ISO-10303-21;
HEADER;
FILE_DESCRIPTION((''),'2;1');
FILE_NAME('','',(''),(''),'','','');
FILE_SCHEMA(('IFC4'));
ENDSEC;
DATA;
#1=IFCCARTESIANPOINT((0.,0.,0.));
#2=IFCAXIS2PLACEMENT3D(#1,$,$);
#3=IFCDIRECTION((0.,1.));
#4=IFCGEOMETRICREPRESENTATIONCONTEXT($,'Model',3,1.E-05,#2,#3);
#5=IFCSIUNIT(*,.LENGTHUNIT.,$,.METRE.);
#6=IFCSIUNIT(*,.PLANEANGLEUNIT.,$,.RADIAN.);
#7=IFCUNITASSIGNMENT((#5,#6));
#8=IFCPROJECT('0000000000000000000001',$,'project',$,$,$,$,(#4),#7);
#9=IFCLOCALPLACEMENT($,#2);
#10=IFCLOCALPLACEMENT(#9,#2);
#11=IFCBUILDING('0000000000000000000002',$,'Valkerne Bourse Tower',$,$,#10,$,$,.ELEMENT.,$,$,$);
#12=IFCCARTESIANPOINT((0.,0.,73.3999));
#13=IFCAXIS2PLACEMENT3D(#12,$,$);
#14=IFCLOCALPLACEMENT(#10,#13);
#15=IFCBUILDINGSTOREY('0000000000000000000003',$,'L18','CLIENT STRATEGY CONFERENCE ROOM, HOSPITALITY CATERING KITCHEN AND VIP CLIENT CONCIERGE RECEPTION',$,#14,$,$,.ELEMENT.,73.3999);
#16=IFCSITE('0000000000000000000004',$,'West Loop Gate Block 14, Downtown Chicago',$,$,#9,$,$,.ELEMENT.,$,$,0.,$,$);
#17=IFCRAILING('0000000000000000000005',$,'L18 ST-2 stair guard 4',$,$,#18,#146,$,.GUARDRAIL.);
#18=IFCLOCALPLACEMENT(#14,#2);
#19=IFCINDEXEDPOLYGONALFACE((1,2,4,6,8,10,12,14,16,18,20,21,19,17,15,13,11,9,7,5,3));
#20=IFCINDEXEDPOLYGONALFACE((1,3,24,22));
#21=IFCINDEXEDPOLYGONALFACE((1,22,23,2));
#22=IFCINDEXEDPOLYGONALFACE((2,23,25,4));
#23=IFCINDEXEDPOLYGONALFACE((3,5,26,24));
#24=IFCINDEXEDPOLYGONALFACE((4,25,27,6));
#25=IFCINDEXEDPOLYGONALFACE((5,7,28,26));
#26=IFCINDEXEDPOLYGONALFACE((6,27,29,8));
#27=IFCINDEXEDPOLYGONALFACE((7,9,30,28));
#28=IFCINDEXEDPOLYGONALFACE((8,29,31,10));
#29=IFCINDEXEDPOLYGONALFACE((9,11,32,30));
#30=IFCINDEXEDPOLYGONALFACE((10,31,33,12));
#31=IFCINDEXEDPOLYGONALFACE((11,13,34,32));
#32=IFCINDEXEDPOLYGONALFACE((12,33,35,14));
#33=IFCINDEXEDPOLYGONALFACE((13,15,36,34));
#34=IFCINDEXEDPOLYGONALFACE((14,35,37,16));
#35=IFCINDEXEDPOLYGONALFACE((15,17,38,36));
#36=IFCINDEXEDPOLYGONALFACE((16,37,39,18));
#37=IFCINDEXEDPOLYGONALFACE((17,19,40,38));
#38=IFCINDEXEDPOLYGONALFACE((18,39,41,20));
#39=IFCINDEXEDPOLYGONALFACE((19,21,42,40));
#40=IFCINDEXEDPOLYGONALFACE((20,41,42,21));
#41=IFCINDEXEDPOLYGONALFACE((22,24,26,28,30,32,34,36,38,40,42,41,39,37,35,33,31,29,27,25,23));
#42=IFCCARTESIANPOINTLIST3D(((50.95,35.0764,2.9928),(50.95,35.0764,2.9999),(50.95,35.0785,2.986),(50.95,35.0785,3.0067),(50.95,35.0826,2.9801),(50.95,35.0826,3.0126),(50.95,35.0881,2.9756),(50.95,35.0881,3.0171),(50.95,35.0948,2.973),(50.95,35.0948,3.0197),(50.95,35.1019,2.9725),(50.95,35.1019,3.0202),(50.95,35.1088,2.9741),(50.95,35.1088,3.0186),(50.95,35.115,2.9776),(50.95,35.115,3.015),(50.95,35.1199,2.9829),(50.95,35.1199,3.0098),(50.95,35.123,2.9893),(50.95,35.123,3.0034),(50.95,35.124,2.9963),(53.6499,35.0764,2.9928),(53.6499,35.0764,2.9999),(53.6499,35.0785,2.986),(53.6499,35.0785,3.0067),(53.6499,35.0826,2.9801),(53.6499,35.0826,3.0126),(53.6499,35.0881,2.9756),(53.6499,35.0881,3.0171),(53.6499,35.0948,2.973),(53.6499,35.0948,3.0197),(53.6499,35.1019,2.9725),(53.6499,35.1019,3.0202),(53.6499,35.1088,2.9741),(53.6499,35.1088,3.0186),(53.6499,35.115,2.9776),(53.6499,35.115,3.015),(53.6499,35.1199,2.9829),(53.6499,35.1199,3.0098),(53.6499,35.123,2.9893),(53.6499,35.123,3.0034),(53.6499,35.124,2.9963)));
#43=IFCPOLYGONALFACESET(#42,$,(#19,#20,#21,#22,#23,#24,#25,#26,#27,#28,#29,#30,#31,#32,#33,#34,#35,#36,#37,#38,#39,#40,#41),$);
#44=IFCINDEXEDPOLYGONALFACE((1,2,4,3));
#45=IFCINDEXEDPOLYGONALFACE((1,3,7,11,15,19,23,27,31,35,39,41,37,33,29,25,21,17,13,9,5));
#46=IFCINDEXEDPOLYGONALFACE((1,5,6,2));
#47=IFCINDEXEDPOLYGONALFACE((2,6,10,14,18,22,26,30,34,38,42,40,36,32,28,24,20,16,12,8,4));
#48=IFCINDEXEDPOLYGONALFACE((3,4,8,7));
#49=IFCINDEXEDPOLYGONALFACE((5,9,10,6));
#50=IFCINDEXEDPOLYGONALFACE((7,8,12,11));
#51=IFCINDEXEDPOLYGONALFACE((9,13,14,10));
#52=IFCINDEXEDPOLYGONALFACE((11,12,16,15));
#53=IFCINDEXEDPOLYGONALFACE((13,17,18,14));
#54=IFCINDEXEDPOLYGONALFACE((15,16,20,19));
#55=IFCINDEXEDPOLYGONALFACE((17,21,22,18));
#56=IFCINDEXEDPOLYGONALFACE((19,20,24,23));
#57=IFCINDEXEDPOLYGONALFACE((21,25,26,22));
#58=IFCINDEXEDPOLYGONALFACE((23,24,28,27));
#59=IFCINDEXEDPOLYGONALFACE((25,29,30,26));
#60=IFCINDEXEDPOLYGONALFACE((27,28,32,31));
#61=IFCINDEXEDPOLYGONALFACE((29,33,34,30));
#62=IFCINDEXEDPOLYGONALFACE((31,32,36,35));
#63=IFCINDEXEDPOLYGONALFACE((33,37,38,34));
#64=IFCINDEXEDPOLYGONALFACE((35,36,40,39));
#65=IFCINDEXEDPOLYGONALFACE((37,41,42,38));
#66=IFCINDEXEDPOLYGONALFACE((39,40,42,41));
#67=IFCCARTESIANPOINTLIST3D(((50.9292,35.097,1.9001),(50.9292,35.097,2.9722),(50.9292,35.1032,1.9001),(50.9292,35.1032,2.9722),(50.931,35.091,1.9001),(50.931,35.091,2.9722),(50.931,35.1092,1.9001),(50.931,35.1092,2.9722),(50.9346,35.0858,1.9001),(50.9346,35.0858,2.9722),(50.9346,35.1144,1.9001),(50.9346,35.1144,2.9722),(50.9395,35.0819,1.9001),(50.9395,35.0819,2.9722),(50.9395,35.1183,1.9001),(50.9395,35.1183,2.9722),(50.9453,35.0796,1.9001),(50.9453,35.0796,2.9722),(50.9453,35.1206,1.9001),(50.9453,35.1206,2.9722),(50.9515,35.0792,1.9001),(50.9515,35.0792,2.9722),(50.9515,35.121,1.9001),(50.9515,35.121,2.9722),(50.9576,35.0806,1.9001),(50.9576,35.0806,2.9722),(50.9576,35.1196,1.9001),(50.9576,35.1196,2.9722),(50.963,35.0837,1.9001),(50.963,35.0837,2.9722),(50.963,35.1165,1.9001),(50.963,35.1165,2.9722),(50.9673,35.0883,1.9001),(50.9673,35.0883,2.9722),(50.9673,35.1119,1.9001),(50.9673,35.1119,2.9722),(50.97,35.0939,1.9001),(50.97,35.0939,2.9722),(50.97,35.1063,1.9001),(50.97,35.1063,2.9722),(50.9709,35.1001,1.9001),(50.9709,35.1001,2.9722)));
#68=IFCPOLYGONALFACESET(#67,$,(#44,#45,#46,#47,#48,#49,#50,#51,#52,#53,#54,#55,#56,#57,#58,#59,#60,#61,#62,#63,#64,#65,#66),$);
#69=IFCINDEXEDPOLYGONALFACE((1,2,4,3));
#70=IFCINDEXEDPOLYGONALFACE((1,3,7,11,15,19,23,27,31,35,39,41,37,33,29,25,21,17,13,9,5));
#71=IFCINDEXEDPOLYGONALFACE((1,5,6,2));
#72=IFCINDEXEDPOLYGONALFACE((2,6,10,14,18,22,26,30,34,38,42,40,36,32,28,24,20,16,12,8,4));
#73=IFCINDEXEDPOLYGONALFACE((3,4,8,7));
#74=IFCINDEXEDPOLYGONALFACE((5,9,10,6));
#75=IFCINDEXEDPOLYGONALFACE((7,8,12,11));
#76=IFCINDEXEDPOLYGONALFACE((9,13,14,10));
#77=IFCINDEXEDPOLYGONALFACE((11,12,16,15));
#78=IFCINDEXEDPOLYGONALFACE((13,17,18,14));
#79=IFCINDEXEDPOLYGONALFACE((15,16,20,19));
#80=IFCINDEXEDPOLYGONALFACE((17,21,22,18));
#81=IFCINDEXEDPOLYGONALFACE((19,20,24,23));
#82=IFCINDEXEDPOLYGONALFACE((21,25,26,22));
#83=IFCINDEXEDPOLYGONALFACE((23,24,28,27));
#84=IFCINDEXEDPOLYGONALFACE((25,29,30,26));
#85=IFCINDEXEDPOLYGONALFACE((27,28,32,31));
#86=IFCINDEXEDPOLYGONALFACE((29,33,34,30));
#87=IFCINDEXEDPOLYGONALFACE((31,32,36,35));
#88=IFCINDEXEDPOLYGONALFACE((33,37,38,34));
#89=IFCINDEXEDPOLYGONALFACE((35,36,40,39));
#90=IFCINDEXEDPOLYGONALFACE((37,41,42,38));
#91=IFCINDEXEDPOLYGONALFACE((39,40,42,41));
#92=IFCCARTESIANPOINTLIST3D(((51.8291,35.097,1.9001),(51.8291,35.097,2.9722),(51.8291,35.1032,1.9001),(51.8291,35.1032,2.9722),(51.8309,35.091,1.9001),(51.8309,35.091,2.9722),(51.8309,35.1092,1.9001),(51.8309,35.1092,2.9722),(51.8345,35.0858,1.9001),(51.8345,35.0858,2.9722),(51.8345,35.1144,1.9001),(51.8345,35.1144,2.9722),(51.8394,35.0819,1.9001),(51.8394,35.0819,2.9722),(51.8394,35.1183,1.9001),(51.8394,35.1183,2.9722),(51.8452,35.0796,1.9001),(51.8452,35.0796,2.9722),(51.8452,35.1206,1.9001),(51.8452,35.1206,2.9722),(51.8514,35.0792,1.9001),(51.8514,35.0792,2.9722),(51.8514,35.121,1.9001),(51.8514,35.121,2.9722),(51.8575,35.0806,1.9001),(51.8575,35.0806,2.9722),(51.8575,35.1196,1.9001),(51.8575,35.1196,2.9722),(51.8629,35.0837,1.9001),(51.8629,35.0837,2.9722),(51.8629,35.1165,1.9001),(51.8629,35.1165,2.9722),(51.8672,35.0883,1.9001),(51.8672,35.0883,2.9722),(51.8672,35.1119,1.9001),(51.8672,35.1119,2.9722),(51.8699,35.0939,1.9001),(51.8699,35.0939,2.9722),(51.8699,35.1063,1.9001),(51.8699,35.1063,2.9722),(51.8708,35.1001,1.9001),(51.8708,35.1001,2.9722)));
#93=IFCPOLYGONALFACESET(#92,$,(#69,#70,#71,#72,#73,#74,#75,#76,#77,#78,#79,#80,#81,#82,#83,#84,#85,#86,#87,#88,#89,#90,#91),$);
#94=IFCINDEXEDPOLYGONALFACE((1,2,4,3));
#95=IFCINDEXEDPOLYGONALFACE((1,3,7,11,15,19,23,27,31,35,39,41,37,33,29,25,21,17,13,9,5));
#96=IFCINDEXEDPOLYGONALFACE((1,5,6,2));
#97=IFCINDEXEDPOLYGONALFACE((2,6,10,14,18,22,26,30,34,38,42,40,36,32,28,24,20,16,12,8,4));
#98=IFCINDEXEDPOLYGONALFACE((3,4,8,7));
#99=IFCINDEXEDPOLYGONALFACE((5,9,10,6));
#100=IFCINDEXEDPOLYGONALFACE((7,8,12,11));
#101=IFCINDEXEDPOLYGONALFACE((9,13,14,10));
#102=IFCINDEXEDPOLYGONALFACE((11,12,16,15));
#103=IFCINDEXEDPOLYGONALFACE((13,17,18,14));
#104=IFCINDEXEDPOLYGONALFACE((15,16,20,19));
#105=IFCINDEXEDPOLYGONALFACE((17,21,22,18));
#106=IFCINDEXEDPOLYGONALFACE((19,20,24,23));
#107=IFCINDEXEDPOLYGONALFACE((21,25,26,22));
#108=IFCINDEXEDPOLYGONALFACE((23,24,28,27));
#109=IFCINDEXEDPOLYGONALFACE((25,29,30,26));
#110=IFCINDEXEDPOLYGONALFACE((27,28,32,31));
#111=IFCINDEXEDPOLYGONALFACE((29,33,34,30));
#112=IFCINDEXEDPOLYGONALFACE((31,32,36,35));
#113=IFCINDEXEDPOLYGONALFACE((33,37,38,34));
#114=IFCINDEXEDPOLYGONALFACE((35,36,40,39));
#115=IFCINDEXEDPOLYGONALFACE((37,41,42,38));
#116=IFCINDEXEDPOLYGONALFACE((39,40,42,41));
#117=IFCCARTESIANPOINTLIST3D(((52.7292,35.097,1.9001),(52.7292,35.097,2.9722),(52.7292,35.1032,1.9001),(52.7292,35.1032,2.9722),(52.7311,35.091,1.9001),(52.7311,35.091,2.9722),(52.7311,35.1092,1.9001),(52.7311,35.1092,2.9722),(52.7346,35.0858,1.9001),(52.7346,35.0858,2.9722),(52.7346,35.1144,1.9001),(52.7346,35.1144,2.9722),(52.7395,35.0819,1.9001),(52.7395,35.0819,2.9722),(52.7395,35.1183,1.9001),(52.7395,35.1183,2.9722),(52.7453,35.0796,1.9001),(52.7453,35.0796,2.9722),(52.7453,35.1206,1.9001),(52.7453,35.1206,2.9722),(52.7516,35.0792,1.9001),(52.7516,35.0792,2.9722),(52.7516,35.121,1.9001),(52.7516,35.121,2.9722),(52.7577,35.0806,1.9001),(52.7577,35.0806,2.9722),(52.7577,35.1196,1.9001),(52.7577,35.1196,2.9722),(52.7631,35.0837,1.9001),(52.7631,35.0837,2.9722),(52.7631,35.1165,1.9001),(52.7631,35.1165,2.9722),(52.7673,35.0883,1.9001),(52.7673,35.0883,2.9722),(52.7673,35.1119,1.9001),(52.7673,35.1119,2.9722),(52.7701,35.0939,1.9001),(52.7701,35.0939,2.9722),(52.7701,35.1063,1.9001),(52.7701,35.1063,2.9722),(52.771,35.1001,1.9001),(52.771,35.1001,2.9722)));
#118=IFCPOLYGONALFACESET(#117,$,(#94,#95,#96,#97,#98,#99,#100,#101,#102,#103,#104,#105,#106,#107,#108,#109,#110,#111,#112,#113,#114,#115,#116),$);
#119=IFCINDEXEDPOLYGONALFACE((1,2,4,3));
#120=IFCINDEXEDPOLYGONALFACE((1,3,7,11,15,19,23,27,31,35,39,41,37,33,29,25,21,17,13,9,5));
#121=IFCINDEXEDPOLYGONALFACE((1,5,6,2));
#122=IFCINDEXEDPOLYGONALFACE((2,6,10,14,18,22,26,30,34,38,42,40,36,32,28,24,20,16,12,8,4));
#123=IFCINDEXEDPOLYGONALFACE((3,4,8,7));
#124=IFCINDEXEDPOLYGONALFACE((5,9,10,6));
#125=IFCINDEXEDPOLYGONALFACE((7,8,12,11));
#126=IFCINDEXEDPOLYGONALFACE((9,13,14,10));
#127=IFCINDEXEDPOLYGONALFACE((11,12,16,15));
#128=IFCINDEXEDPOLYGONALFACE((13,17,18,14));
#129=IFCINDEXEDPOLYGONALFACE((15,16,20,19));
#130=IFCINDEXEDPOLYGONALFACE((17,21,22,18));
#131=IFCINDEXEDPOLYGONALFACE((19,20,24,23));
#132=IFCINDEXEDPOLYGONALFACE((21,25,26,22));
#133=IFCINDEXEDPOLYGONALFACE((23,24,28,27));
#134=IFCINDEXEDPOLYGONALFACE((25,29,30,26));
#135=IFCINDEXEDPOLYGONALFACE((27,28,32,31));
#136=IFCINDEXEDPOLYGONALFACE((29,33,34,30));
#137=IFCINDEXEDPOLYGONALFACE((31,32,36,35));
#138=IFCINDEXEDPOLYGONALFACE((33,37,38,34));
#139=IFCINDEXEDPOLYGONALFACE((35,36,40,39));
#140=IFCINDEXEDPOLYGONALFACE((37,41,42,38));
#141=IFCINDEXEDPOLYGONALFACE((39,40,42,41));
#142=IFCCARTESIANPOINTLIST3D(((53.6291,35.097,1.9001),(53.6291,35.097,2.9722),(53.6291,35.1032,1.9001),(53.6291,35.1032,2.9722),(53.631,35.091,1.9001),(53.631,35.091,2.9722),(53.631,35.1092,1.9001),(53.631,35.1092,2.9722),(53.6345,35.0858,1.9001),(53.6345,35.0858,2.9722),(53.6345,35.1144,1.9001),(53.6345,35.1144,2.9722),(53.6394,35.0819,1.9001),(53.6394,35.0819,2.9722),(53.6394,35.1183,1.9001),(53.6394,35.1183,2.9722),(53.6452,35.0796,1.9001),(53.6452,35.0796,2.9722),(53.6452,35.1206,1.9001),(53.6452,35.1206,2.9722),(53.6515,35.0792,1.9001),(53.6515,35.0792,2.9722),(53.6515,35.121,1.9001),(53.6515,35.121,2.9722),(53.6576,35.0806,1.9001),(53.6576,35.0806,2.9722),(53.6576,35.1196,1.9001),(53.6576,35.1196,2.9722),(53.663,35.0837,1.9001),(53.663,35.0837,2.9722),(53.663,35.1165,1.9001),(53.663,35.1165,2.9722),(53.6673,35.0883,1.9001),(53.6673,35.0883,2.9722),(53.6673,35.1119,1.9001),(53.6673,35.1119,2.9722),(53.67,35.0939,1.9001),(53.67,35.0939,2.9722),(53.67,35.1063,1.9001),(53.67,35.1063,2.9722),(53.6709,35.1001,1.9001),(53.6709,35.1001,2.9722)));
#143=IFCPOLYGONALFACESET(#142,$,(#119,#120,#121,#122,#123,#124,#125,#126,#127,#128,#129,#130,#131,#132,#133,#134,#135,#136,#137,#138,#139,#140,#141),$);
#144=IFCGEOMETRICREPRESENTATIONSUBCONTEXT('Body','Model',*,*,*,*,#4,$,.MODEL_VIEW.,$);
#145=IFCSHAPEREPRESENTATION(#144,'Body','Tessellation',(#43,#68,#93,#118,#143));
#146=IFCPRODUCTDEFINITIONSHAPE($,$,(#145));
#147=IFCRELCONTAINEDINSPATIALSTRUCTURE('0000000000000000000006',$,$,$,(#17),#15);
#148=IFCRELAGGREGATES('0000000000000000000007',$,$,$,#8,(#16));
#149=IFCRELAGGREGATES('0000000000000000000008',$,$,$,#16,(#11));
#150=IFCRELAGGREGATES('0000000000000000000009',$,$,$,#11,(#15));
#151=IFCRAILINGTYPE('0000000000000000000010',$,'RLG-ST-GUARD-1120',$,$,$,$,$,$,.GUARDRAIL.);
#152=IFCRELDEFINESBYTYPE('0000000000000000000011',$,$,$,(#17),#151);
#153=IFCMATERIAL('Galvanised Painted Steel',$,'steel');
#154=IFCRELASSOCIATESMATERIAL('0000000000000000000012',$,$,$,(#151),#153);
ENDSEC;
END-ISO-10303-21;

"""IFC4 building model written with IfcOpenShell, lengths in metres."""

from ifc_helpers import new_model, si_unit, direction, frame, origin, origin_2d, place, context, subcontext, project, spatial, circle, extrude, material, type_object, element, save


model = new_model("IFC4")

# Units and contexts
model_context = context("Model", 3, precision=1e-05, world=origin(), true_north=direction((0.0, 1.0)))
body_context = subcontext(model_context, "Body", "Model", "MODEL_VIEW")
ifc_project = project(units=[si_unit("LENGTHUNIT", "METRE"), si_unit("PLANEANGLEUNIT", "RADIAN")], contexts=[model_context])

# Site, building, storey
site_placement = place(None, origin())
site = spatial("IfcSite", under=ifc_project, at=site_placement, Name="West Loop Gate Block 14, Downtown Chicago", CompositionType="ELEMENT", RefElevation=0.0)
building_placement = place(site_placement, origin())
building = spatial("IfcBuilding", under=site, at=building_placement, Name="Valkerne Bourse Tower", CompositionType="ELEMENT")
storey_placement = place(building_placement, frame((0.0, 0.0, 73.3999)))
storey = spatial("IfcBuildingStorey", under=building, at=storey_placement, Name="L18", Description="CLIENT STRATEGY CONFERENCE ROOM, HOSPITALITY CATERING KITCHEN AND VIP CLIENT CONCIERGE RECEPTION", CompositionType="ELEMENT", Elevation=73.3999)

# Railing
ifc_material_1 = material(Name="Galvanised Painted Steel", Category="steel")
railing_type_1 = type_object("IfcRailingType", Name="RLG-ST-GUARD-1120", PredefinedType="GUARDRAIL", material=ifc_material_1)
for number, where, name in (
    (1, (50.95, 35.1001, 1.9001), "L18 ST-2 stair guard 4"),
):
    element("IfcRailing", number, at=place(storey_placement, frame(where)), inside=storey, type_object=railing_type_1, Name=name, PredefinedType="GUARDRAIL", context=body_context, shape_type="SweptSolid", body=[
        extrude(circle(Radius=0.0239, at=origin_2d()), frame((0.0, 0.0, 1.0962), z_axis=(1.0, 0.0, 0.0), x_axis=(0.0, 1.0, 0.0)), (0.0, 0.0, 1.0), 2.7),
        extrude(circle(Radius=0.021, at=origin_2d()), origin(), (0.0, 0.0, 1.0), 1.072),
        extrude(circle(Radius=0.021, at=origin_2d()), frame((0.8999, 0.0, 0.0)), (0.0, 0.0, 1.0), 1.072),
        extrude(circle(Radius=0.021, at=origin_2d()), frame((1.8, 0.0, 0.0)), (0.0, 0.0, 1.0), 1.072),
        extrude(circle(Radius=0.021, at=origin_2d()), frame((2.7, 0.0, 0.0)), (0.0, 0.0, 1.0), 1.072),
    ])

save(model, "model.ifc")
